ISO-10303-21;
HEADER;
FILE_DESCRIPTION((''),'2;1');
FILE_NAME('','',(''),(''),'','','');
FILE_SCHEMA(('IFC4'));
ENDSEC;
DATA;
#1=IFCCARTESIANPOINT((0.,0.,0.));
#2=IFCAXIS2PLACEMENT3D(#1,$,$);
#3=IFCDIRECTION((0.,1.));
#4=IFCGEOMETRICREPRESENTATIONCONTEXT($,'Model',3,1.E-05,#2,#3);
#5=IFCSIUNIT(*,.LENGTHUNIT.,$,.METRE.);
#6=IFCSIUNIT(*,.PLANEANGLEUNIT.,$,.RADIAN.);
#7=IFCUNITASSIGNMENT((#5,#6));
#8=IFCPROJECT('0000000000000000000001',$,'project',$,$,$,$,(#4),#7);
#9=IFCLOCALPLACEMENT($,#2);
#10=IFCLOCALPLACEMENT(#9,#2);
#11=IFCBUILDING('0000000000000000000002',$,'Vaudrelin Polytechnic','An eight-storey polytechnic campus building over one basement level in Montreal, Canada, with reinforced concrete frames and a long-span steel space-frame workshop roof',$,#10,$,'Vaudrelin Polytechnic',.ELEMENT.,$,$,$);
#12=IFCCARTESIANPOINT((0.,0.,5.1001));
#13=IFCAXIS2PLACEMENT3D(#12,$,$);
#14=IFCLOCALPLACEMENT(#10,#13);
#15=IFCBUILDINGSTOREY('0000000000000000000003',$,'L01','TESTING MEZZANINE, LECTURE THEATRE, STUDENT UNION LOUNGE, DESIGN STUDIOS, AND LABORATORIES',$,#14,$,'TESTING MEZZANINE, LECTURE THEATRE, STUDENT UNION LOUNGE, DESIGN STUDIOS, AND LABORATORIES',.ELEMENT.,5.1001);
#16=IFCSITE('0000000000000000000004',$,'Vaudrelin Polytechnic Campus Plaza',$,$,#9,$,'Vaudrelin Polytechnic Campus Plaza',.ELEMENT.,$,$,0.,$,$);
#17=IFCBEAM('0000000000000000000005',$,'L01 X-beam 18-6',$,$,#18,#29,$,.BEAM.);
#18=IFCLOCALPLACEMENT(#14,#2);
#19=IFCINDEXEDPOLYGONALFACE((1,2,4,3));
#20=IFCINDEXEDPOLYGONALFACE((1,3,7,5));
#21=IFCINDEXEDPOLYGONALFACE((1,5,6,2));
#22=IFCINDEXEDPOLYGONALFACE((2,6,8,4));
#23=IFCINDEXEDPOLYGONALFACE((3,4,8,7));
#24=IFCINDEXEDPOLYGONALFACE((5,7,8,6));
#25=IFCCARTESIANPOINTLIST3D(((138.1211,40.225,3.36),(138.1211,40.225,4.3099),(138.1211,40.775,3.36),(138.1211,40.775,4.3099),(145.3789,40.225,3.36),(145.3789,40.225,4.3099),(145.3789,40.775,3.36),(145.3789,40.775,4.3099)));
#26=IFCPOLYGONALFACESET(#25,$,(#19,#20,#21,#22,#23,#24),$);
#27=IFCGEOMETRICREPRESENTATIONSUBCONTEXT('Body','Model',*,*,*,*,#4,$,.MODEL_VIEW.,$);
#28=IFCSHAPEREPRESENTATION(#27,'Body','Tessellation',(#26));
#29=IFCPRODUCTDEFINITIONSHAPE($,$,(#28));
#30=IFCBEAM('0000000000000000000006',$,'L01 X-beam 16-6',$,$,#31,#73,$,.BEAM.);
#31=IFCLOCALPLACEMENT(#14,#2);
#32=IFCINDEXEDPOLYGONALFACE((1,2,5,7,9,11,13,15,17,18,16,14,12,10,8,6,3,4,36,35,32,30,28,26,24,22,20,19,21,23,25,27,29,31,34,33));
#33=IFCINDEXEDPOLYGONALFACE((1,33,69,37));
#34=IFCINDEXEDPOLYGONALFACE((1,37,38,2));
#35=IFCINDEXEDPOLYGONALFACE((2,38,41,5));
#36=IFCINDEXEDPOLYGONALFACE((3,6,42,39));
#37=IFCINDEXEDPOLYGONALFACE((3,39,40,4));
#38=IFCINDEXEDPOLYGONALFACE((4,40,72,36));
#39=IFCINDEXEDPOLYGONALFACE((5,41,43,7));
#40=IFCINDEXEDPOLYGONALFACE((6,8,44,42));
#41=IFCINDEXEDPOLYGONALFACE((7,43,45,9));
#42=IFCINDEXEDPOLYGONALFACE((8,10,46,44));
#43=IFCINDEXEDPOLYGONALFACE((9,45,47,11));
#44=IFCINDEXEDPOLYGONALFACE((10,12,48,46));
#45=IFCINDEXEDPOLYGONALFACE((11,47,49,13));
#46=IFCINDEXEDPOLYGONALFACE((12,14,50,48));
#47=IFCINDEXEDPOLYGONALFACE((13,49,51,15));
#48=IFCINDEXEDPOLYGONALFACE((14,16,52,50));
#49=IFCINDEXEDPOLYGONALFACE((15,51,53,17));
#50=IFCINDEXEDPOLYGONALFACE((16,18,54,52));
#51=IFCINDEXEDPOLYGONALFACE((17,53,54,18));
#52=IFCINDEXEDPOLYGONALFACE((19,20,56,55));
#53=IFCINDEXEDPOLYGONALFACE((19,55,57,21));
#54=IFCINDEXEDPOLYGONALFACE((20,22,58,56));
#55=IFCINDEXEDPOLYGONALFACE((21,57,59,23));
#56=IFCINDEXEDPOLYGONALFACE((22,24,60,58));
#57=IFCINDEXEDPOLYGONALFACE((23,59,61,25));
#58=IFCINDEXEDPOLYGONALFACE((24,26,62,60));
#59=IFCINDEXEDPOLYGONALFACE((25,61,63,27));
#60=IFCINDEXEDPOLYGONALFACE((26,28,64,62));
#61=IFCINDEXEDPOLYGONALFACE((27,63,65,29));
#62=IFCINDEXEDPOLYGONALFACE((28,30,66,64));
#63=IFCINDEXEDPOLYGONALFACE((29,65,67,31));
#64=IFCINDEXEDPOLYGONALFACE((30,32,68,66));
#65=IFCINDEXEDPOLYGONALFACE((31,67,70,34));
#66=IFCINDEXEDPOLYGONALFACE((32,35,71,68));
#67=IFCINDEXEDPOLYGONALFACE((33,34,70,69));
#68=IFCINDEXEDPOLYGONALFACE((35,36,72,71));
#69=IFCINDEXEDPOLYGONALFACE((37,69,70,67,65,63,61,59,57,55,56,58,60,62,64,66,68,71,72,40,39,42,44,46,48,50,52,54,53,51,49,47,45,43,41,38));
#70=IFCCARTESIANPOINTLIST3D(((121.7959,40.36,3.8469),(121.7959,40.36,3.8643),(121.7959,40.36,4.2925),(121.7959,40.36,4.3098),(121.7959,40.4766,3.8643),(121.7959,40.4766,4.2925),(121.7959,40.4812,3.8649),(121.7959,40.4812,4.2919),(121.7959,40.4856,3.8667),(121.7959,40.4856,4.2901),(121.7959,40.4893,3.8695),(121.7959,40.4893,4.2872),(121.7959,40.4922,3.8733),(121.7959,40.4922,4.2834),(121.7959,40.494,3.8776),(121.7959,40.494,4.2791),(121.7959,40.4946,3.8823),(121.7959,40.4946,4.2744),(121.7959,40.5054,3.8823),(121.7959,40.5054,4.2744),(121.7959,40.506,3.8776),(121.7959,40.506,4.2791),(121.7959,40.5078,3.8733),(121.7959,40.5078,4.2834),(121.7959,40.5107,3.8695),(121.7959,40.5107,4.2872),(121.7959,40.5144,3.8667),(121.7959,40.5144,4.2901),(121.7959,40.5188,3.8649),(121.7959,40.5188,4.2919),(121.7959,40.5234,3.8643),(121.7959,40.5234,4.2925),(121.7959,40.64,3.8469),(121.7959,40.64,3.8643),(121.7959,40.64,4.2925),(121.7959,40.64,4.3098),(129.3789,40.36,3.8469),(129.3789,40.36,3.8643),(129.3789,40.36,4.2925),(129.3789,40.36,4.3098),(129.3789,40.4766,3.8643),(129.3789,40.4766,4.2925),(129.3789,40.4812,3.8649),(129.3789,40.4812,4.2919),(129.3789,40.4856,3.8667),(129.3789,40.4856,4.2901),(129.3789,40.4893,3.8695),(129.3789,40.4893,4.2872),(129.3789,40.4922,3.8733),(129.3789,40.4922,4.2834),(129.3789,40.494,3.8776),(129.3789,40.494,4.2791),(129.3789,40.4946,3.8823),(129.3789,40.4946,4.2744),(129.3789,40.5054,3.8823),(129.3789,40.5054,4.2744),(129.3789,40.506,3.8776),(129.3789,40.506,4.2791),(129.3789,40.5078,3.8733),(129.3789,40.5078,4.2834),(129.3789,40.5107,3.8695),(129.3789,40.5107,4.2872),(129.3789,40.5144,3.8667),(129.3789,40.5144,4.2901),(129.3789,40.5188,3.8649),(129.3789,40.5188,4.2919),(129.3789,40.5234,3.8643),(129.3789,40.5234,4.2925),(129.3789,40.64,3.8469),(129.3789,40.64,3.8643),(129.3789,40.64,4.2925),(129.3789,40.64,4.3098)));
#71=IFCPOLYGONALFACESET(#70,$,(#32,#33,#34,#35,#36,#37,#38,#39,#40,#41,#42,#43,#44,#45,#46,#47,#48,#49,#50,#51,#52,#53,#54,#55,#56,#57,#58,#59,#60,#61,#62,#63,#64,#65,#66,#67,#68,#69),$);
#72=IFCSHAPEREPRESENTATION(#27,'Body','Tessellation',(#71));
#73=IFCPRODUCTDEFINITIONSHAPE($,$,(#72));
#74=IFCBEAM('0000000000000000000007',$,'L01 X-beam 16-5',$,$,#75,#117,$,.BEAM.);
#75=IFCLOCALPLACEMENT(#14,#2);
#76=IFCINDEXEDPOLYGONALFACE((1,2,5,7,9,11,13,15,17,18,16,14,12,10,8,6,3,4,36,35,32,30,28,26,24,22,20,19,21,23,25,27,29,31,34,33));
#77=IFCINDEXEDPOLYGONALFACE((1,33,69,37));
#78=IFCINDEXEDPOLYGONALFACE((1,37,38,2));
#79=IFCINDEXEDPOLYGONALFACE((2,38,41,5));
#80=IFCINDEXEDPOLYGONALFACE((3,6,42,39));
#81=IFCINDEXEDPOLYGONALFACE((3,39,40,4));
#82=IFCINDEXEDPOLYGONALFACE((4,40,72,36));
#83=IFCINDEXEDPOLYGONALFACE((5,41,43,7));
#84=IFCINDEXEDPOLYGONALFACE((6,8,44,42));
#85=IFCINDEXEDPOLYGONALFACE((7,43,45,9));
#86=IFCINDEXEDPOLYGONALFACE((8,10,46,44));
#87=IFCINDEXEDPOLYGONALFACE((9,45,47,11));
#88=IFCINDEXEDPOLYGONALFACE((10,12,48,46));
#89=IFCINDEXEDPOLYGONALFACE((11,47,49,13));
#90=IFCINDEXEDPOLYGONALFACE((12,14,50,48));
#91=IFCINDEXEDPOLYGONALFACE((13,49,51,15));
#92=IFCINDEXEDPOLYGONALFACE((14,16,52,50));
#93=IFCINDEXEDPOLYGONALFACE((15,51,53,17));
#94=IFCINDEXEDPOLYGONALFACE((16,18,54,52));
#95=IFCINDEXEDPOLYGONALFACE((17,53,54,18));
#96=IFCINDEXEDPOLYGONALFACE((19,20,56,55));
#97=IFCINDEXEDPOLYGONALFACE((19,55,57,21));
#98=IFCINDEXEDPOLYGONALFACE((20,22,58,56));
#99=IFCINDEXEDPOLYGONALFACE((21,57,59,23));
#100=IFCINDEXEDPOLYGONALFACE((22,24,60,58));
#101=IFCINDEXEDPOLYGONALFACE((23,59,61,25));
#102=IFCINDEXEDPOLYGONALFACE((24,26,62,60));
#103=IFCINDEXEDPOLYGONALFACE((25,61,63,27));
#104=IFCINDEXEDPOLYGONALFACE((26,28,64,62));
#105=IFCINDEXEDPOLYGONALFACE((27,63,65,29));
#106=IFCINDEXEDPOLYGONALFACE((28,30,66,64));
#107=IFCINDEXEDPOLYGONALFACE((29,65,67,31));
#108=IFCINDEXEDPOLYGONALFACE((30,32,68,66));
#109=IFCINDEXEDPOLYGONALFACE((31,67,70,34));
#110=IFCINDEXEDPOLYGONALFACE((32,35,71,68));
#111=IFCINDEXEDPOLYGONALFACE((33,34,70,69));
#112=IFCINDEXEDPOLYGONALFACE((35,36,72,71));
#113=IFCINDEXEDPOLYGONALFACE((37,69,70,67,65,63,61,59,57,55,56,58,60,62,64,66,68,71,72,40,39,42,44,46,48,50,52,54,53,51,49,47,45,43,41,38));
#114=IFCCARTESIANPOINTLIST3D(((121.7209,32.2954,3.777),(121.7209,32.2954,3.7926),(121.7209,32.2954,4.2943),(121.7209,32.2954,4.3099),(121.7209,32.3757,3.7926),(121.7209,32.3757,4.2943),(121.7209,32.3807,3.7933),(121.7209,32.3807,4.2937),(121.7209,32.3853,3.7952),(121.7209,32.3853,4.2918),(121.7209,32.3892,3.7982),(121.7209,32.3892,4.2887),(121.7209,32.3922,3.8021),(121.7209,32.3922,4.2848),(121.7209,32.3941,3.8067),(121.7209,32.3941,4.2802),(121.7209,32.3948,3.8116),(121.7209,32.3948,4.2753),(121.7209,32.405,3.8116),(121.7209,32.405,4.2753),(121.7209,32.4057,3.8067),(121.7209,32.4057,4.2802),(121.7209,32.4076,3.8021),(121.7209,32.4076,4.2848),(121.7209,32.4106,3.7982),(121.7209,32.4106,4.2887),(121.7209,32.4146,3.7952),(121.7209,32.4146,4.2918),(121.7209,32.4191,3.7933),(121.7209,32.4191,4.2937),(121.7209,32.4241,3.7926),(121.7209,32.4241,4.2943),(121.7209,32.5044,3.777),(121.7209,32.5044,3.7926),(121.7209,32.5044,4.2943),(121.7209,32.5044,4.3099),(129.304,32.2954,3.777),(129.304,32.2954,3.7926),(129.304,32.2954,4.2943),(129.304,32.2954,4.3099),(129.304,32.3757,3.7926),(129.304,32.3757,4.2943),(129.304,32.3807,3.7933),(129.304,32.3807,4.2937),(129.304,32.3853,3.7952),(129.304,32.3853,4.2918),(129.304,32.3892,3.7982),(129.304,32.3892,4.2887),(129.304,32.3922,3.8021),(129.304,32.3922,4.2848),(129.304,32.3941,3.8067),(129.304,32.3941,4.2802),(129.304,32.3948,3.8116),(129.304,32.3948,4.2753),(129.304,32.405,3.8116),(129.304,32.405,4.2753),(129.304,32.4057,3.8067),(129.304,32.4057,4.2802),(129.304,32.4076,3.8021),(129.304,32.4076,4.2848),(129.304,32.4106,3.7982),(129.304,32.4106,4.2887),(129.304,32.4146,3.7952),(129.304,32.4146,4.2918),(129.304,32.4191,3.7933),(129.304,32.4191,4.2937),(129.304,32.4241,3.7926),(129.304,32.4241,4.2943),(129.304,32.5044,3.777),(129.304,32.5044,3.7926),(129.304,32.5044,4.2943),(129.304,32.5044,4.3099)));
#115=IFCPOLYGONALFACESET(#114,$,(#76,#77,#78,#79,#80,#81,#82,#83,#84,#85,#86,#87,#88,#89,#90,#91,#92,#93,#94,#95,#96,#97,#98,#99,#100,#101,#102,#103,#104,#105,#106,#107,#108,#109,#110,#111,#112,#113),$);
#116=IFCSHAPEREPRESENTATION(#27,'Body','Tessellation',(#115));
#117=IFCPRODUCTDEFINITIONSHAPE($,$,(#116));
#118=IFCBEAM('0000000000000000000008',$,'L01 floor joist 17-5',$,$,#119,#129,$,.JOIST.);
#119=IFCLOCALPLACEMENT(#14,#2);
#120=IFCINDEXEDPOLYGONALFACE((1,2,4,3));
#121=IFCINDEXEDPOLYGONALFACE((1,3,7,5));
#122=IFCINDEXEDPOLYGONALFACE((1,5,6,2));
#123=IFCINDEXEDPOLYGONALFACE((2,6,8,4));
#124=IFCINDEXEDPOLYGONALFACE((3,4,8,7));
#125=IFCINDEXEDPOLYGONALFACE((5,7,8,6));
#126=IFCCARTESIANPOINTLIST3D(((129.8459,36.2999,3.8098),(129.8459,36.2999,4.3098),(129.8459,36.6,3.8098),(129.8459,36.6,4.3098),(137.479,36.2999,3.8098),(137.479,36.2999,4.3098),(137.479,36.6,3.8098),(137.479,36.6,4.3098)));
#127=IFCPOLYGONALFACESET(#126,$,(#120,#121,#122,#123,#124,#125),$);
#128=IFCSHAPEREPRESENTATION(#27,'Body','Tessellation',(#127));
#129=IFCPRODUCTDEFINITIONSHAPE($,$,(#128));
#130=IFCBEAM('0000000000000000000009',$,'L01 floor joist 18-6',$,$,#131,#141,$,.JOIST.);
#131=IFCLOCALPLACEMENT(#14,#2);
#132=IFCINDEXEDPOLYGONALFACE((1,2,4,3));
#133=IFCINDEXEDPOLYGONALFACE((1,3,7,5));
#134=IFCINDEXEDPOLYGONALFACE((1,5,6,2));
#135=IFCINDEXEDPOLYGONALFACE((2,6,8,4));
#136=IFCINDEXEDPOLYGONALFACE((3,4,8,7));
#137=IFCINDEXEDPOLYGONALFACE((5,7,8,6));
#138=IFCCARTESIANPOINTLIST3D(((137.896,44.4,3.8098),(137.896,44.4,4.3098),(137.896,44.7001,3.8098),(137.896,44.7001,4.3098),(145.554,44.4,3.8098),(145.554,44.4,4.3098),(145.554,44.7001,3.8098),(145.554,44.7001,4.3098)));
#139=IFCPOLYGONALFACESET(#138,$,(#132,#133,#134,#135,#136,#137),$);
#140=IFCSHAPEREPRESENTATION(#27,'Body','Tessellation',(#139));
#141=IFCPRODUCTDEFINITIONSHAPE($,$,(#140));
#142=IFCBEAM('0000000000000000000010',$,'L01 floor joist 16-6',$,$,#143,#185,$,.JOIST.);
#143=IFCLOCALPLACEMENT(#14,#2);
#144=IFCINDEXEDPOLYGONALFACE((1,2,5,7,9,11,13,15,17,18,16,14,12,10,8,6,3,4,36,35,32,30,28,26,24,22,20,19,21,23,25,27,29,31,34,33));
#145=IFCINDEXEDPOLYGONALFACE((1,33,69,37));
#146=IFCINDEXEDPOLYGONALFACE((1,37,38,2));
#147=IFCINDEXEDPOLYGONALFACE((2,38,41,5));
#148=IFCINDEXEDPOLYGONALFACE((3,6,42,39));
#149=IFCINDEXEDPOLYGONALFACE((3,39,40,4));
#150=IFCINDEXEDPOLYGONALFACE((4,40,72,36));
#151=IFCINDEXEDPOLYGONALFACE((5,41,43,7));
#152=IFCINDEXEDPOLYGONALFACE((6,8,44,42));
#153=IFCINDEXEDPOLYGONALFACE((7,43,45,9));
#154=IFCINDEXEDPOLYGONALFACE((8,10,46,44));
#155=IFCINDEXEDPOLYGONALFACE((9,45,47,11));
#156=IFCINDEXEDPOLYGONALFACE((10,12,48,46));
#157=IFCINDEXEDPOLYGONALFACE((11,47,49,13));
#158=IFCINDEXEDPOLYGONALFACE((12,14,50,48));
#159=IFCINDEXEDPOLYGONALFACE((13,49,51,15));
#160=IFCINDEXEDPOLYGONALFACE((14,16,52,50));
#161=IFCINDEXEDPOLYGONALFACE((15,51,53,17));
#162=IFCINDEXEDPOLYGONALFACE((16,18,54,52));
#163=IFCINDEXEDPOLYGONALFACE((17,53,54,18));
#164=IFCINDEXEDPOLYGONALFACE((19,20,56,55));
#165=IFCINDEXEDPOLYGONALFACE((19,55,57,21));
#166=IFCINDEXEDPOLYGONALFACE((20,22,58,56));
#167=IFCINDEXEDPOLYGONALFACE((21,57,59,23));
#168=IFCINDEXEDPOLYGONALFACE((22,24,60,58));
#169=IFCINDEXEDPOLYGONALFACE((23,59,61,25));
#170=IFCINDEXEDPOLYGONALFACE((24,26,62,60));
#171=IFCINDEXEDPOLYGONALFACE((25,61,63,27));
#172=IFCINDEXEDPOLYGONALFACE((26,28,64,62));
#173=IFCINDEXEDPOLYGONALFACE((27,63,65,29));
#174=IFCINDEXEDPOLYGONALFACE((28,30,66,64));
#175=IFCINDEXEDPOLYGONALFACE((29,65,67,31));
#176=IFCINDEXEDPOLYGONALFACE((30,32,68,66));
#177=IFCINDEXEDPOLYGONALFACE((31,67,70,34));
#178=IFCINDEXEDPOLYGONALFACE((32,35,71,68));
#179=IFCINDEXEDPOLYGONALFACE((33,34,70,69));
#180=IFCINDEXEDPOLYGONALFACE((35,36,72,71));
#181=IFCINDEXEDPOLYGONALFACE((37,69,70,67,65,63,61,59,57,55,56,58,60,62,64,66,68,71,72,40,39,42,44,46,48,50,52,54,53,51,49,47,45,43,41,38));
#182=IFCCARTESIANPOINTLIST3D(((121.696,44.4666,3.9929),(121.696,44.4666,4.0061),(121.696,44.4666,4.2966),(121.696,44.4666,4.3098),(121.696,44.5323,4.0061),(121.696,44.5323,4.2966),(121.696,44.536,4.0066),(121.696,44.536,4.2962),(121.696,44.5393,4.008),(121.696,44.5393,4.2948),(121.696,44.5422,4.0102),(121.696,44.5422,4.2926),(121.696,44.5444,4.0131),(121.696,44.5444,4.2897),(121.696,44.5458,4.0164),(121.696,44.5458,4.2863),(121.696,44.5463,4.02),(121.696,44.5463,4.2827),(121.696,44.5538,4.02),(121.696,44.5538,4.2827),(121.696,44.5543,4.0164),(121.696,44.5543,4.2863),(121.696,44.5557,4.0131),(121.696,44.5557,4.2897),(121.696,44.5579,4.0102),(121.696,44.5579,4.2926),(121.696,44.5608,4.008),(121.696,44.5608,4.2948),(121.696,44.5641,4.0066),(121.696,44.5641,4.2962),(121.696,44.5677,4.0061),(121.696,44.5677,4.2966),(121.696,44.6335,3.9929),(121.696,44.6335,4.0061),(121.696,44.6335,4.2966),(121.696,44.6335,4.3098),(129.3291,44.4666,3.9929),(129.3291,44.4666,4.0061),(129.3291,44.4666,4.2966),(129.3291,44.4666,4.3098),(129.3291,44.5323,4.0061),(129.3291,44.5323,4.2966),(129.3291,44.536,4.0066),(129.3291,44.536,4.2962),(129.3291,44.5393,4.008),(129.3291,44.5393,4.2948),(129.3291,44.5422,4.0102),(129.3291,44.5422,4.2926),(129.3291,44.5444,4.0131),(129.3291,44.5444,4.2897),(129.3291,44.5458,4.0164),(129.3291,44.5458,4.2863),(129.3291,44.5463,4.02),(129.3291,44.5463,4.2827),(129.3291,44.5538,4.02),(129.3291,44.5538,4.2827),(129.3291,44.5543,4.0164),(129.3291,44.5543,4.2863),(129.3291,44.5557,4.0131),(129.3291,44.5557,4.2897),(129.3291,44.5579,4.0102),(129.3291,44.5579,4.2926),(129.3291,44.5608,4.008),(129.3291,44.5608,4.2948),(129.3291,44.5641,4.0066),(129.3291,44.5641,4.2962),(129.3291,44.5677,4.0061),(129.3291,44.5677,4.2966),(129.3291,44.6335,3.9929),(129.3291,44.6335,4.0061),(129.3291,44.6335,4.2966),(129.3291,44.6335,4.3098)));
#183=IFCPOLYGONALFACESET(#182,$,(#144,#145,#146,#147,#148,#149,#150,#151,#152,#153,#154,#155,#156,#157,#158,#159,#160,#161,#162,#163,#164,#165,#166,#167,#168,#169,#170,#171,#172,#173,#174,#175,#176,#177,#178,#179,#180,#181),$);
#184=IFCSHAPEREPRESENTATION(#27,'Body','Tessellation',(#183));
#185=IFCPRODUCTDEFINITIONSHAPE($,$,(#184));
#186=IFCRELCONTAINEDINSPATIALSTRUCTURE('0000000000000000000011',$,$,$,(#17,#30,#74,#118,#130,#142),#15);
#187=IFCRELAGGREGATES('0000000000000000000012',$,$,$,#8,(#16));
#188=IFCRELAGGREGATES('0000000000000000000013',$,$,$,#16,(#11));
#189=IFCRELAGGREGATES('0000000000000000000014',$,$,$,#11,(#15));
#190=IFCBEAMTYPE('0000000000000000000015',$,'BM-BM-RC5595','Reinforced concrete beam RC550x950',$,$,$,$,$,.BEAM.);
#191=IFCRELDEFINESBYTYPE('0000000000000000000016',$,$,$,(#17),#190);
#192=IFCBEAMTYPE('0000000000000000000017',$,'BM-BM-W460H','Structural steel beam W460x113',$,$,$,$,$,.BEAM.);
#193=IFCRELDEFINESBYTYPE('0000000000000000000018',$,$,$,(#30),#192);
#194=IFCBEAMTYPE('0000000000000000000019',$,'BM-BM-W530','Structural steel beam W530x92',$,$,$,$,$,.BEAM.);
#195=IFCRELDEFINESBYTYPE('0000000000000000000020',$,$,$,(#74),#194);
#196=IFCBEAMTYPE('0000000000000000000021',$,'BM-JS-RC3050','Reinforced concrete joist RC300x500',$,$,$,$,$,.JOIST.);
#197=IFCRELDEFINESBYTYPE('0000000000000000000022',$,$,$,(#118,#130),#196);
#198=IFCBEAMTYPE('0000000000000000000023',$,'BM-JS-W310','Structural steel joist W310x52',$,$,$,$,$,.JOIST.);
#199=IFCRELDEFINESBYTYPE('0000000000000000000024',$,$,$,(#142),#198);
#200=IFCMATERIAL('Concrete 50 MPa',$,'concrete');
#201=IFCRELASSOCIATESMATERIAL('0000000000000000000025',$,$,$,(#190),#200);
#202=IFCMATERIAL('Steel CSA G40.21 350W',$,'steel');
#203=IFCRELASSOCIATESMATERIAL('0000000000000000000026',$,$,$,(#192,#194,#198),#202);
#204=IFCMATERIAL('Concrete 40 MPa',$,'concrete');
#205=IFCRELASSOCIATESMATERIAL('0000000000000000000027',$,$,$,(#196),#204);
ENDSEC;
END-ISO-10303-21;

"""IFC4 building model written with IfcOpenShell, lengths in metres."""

from ifc_helpers import new_model, si_unit, direction, frame, origin, origin_2d, place, context, subcontext, project, spatial, rectangle, i_section, extrude, material, material_profile, profile_set, type_object, element, save


model = new_model("IFC4")

# Units and contexts
model_context = context("Model", 3, precision=1e-05, world=origin(), true_north=direction((0.0, 1.0)))
body_context = subcontext(model_context, "Body", "Model", "MODEL_VIEW")
ifc_project = project(units=[si_unit("LENGTHUNIT", "METRE"), si_unit("PLANEANGLEUNIT", "RADIAN")], contexts=[model_context])

# Site, building, storey
site_placement = place(None, origin())
site = spatial("IfcSite", under=ifc_project, at=site_placement, Name="Vaudrelin Polytechnic Campus Plaza", LongName="Vaudrelin Polytechnic Campus Plaza", CompositionType="ELEMENT", RefElevation=0.0)
building_placement = place(site_placement, origin())
building = spatial("IfcBuilding", under=site, at=building_placement, Name="Vaudrelin Polytechnic", Description="An eight-storey polytechnic campus building over one basement level in Montreal, Canada, with reinforced concrete frames and a long-span steel space-frame workshop roof", LongName="Vaudrelin Polytechnic", CompositionType="ELEMENT")
storey_placement = place(building_placement, frame((0.0, 0.0, 5.1001)))
storey = spatial("IfcBuildingStorey", under=building, at=storey_placement, Name="L01", Description="TESTING MEZZANINE, LECTURE THEATRE, STUDENT UNION LOUNGE, DESIGN STUDIOS, AND LABORATORIES", LongName="TESTING MEZZANINE, LECTURE THEATRE, STUDENT UNION LOUNGE, DESIGN STUDIOS, AND LABORATORIES", CompositionType="ELEMENT", Elevation=5.1001)

# Shared definitions
ifc_material_1 = material(Name="Concrete 40 MPa", Category="concrete")
ifc_material_2 = material(Name="Concrete 50 MPa", Category="concrete")

# Beams
ifc_material_profile_1 = material_profile(ifc_material_2, rectangle(XDim=0.55, YDim=0.95, at=origin_2d()), Name="RC550x950")
ifc_profile_set_1 = profile_set([ifc_material_profile_1], Name="Concrete 50 MPa")
beam_type_1 = type_object("IfcBeamType", Name="BM-BM-RC5595", Description="Reinforced concrete beam RC550x950", PredefinedType="BEAM", material=ifc_profile_set_1)
beam_1_placement = place(storey_placement, frame((138.1211, 40.5, 3.835), z_axis=(1.0, 0.0, 0.0), x_axis=(0.0, 1.0, 0.0)))
element("IfcBeam", 1, at=beam_1_placement, inside=storey, type_object=beam_type_1, Name="L01 X-beam 18-6", PredefinedType="BEAM", context=body_context, shape_type="SweptSolid", body=[
    extrude(rectangle(XDim=0.55, YDim=0.95, at=origin_2d()), origin(), (0.0, 0.0, 1.0), 7.2578),
])
ifc_material_3 = material(Name="Steel CSA G40.21 350W", Category="steel")
ifc_material_profile_2 = material_profile(ifc_material_3, i_section(OverallWidth=0.28, OverallDepth=0.4629, WebThickness=0.0107, FlangeThickness=0.0173, FilletRadius=0.0181, at=origin_2d()), Name="W460x113")
ifc_profile_set_2 = profile_set([ifc_material_profile_2], Name="Steel CSA G40.21 350W")
beam_type_2 = type_object("IfcBeamType", Name="BM-BM-W460H", Description="Structural steel beam W460x113", PredefinedType="BEAM", material=ifc_profile_set_2)
beam_2_placement = place(storey_placement, frame((121.7959, 40.5, 4.0784), z_axis=(1.0, 0.0, 0.0), x_axis=(0.0, 1.0, 0.0)))
element("IfcBeam", 2, at=beam_2_placement, inside=storey, type_object=beam_type_2, Name="L01 X-beam 16-6", PredefinedType="BEAM", context=body_context, shape_type="SweptSolid", body=[
    extrude(i_section(OverallWidth=0.28, OverallDepth=0.4629, WebThickness=0.0107, FlangeThickness=0.0173, FilletRadius=0.0181, at=origin_2d()), origin(), (0.0, 0.0, 1.0), 7.583),
])
ifc_material_profile_3 = material_profile(ifc_material_3, i_section(OverallWidth=0.209, OverallDepth=0.533, WebThickness=0.0103, FlangeThickness=0.0156, FilletRadius=0.019, at=origin_2d()), Name="W530x92")
ifc_profile_set_3 = profile_set([ifc_material_profile_3], Name="Steel CSA G40.21 350W")
beam_type_3 = type_object("IfcBeamType", Name="BM-BM-W530", Description="Structural steel beam W530x92", PredefinedType="BEAM", material=ifc_profile_set_3)
beam_3_placement = place(storey_placement, frame((121.7209, 32.3999, 4.0435), z_axis=(1.0, 0.0, 0.0), x_axis=(0.0, 1.0, 0.0)))
element("IfcBeam", 3, at=beam_3_placement, inside=storey, type_object=beam_type_3, Name="L01 X-beam 16-5", PredefinedType="BEAM", context=body_context, shape_type="SweptSolid", body=[
    extrude(i_section(OverallWidth=0.209, OverallDepth=0.533, WebThickness=0.0103, FlangeThickness=0.0156, FilletRadius=0.019, at=origin_2d()), origin(), (0.0, 0.0, 1.0), 7.583),
])
ifc_material_profile_4 = material_profile(ifc_material_1, rectangle(XDim=0.3, YDim=0.5, at=origin_2d()), Name="RC300x500")
ifc_profile_set_4 = profile_set([ifc_material_profile_4], Name="Concrete 40 MPa")
beam_type_4 = type_object("IfcBeamType", Name="BM-JS-RC3050", Description="Reinforced concrete joist RC300x500", PredefinedType="JOIST", material=ifc_profile_set_4)
beam_4_placement = place(storey_placement, frame((129.8459, 36.45, 4.0598), z_axis=(1.0, 0.0, 0.0), x_axis=(0.0, 1.0, 0.0)))
element("IfcBeam", 4, at=beam_4_placement, inside=storey, type_object=beam_type_4, Name="L01 floor joist 17-5", PredefinedType="JOIST", context=body_context, shape_type="SweptSolid", body=[
    extrude(rectangle(XDim=0.3, YDim=0.5, at=origin_2d()), origin(), (0.0, 0.0, 1.0), 7.6331),
])
beam_5_placement = place(storey_placement, frame((137.896, 44.55, 4.0598), z_axis=(1.0, 0.0, 0.0), x_axis=(0.0, 1.0, 0.0)))
element("IfcBeam", 5, at=beam_5_placement, inside=storey, type_object=beam_type_4, Name="L01 floor joist 18-6", PredefinedType="JOIST", context=body_context, shape_type="SweptSolid", body=[
    extrude(rectangle(XDim=0.3, YDim=0.5, at=origin_2d()), origin(), (0.0, 0.0, 1.0), 7.658),
])
ifc_material_profile_5 = material_profile(ifc_material_3, i_section(OverallWidth=0.167, OverallDepth=0.3169, WebThickness=0.0076, FlangeThickness=0.0132, FilletRadius=0.0139, at=origin_2d()), Name="W310x52")
ifc_profile_set_5 = profile_set([ifc_material_profile_5], Name="Steel CSA G40.21 350W")
beam_type_5 = type_object("IfcBeamType", Name="BM-JS-W310", Description="Structural steel joist W310x52", PredefinedType="JOIST", material=ifc_profile_set_5)
beam_6_placement = place(storey_placement, frame((121.696, 44.55, 4.1514), z_axis=(1.0, 0.0, 0.0), x_axis=(0.0, 1.0, 0.0)))
element("IfcBeam", 6, at=beam_6_placement, inside=storey, type_object=beam_type_5, Name="L01 floor joist 16-6", PredefinedType="JOIST", context=body_context, shape_type="SweptSolid", body=[
    extrude(i_section(OverallWidth=0.167, OverallDepth=0.3169, WebThickness=0.0076, FlangeThickness=0.0132, FilletRadius=0.0139, at=origin_2d()), origin(), (0.0, 0.0, 1.0), 7.6331),
])

save(model, "model.ifc")
